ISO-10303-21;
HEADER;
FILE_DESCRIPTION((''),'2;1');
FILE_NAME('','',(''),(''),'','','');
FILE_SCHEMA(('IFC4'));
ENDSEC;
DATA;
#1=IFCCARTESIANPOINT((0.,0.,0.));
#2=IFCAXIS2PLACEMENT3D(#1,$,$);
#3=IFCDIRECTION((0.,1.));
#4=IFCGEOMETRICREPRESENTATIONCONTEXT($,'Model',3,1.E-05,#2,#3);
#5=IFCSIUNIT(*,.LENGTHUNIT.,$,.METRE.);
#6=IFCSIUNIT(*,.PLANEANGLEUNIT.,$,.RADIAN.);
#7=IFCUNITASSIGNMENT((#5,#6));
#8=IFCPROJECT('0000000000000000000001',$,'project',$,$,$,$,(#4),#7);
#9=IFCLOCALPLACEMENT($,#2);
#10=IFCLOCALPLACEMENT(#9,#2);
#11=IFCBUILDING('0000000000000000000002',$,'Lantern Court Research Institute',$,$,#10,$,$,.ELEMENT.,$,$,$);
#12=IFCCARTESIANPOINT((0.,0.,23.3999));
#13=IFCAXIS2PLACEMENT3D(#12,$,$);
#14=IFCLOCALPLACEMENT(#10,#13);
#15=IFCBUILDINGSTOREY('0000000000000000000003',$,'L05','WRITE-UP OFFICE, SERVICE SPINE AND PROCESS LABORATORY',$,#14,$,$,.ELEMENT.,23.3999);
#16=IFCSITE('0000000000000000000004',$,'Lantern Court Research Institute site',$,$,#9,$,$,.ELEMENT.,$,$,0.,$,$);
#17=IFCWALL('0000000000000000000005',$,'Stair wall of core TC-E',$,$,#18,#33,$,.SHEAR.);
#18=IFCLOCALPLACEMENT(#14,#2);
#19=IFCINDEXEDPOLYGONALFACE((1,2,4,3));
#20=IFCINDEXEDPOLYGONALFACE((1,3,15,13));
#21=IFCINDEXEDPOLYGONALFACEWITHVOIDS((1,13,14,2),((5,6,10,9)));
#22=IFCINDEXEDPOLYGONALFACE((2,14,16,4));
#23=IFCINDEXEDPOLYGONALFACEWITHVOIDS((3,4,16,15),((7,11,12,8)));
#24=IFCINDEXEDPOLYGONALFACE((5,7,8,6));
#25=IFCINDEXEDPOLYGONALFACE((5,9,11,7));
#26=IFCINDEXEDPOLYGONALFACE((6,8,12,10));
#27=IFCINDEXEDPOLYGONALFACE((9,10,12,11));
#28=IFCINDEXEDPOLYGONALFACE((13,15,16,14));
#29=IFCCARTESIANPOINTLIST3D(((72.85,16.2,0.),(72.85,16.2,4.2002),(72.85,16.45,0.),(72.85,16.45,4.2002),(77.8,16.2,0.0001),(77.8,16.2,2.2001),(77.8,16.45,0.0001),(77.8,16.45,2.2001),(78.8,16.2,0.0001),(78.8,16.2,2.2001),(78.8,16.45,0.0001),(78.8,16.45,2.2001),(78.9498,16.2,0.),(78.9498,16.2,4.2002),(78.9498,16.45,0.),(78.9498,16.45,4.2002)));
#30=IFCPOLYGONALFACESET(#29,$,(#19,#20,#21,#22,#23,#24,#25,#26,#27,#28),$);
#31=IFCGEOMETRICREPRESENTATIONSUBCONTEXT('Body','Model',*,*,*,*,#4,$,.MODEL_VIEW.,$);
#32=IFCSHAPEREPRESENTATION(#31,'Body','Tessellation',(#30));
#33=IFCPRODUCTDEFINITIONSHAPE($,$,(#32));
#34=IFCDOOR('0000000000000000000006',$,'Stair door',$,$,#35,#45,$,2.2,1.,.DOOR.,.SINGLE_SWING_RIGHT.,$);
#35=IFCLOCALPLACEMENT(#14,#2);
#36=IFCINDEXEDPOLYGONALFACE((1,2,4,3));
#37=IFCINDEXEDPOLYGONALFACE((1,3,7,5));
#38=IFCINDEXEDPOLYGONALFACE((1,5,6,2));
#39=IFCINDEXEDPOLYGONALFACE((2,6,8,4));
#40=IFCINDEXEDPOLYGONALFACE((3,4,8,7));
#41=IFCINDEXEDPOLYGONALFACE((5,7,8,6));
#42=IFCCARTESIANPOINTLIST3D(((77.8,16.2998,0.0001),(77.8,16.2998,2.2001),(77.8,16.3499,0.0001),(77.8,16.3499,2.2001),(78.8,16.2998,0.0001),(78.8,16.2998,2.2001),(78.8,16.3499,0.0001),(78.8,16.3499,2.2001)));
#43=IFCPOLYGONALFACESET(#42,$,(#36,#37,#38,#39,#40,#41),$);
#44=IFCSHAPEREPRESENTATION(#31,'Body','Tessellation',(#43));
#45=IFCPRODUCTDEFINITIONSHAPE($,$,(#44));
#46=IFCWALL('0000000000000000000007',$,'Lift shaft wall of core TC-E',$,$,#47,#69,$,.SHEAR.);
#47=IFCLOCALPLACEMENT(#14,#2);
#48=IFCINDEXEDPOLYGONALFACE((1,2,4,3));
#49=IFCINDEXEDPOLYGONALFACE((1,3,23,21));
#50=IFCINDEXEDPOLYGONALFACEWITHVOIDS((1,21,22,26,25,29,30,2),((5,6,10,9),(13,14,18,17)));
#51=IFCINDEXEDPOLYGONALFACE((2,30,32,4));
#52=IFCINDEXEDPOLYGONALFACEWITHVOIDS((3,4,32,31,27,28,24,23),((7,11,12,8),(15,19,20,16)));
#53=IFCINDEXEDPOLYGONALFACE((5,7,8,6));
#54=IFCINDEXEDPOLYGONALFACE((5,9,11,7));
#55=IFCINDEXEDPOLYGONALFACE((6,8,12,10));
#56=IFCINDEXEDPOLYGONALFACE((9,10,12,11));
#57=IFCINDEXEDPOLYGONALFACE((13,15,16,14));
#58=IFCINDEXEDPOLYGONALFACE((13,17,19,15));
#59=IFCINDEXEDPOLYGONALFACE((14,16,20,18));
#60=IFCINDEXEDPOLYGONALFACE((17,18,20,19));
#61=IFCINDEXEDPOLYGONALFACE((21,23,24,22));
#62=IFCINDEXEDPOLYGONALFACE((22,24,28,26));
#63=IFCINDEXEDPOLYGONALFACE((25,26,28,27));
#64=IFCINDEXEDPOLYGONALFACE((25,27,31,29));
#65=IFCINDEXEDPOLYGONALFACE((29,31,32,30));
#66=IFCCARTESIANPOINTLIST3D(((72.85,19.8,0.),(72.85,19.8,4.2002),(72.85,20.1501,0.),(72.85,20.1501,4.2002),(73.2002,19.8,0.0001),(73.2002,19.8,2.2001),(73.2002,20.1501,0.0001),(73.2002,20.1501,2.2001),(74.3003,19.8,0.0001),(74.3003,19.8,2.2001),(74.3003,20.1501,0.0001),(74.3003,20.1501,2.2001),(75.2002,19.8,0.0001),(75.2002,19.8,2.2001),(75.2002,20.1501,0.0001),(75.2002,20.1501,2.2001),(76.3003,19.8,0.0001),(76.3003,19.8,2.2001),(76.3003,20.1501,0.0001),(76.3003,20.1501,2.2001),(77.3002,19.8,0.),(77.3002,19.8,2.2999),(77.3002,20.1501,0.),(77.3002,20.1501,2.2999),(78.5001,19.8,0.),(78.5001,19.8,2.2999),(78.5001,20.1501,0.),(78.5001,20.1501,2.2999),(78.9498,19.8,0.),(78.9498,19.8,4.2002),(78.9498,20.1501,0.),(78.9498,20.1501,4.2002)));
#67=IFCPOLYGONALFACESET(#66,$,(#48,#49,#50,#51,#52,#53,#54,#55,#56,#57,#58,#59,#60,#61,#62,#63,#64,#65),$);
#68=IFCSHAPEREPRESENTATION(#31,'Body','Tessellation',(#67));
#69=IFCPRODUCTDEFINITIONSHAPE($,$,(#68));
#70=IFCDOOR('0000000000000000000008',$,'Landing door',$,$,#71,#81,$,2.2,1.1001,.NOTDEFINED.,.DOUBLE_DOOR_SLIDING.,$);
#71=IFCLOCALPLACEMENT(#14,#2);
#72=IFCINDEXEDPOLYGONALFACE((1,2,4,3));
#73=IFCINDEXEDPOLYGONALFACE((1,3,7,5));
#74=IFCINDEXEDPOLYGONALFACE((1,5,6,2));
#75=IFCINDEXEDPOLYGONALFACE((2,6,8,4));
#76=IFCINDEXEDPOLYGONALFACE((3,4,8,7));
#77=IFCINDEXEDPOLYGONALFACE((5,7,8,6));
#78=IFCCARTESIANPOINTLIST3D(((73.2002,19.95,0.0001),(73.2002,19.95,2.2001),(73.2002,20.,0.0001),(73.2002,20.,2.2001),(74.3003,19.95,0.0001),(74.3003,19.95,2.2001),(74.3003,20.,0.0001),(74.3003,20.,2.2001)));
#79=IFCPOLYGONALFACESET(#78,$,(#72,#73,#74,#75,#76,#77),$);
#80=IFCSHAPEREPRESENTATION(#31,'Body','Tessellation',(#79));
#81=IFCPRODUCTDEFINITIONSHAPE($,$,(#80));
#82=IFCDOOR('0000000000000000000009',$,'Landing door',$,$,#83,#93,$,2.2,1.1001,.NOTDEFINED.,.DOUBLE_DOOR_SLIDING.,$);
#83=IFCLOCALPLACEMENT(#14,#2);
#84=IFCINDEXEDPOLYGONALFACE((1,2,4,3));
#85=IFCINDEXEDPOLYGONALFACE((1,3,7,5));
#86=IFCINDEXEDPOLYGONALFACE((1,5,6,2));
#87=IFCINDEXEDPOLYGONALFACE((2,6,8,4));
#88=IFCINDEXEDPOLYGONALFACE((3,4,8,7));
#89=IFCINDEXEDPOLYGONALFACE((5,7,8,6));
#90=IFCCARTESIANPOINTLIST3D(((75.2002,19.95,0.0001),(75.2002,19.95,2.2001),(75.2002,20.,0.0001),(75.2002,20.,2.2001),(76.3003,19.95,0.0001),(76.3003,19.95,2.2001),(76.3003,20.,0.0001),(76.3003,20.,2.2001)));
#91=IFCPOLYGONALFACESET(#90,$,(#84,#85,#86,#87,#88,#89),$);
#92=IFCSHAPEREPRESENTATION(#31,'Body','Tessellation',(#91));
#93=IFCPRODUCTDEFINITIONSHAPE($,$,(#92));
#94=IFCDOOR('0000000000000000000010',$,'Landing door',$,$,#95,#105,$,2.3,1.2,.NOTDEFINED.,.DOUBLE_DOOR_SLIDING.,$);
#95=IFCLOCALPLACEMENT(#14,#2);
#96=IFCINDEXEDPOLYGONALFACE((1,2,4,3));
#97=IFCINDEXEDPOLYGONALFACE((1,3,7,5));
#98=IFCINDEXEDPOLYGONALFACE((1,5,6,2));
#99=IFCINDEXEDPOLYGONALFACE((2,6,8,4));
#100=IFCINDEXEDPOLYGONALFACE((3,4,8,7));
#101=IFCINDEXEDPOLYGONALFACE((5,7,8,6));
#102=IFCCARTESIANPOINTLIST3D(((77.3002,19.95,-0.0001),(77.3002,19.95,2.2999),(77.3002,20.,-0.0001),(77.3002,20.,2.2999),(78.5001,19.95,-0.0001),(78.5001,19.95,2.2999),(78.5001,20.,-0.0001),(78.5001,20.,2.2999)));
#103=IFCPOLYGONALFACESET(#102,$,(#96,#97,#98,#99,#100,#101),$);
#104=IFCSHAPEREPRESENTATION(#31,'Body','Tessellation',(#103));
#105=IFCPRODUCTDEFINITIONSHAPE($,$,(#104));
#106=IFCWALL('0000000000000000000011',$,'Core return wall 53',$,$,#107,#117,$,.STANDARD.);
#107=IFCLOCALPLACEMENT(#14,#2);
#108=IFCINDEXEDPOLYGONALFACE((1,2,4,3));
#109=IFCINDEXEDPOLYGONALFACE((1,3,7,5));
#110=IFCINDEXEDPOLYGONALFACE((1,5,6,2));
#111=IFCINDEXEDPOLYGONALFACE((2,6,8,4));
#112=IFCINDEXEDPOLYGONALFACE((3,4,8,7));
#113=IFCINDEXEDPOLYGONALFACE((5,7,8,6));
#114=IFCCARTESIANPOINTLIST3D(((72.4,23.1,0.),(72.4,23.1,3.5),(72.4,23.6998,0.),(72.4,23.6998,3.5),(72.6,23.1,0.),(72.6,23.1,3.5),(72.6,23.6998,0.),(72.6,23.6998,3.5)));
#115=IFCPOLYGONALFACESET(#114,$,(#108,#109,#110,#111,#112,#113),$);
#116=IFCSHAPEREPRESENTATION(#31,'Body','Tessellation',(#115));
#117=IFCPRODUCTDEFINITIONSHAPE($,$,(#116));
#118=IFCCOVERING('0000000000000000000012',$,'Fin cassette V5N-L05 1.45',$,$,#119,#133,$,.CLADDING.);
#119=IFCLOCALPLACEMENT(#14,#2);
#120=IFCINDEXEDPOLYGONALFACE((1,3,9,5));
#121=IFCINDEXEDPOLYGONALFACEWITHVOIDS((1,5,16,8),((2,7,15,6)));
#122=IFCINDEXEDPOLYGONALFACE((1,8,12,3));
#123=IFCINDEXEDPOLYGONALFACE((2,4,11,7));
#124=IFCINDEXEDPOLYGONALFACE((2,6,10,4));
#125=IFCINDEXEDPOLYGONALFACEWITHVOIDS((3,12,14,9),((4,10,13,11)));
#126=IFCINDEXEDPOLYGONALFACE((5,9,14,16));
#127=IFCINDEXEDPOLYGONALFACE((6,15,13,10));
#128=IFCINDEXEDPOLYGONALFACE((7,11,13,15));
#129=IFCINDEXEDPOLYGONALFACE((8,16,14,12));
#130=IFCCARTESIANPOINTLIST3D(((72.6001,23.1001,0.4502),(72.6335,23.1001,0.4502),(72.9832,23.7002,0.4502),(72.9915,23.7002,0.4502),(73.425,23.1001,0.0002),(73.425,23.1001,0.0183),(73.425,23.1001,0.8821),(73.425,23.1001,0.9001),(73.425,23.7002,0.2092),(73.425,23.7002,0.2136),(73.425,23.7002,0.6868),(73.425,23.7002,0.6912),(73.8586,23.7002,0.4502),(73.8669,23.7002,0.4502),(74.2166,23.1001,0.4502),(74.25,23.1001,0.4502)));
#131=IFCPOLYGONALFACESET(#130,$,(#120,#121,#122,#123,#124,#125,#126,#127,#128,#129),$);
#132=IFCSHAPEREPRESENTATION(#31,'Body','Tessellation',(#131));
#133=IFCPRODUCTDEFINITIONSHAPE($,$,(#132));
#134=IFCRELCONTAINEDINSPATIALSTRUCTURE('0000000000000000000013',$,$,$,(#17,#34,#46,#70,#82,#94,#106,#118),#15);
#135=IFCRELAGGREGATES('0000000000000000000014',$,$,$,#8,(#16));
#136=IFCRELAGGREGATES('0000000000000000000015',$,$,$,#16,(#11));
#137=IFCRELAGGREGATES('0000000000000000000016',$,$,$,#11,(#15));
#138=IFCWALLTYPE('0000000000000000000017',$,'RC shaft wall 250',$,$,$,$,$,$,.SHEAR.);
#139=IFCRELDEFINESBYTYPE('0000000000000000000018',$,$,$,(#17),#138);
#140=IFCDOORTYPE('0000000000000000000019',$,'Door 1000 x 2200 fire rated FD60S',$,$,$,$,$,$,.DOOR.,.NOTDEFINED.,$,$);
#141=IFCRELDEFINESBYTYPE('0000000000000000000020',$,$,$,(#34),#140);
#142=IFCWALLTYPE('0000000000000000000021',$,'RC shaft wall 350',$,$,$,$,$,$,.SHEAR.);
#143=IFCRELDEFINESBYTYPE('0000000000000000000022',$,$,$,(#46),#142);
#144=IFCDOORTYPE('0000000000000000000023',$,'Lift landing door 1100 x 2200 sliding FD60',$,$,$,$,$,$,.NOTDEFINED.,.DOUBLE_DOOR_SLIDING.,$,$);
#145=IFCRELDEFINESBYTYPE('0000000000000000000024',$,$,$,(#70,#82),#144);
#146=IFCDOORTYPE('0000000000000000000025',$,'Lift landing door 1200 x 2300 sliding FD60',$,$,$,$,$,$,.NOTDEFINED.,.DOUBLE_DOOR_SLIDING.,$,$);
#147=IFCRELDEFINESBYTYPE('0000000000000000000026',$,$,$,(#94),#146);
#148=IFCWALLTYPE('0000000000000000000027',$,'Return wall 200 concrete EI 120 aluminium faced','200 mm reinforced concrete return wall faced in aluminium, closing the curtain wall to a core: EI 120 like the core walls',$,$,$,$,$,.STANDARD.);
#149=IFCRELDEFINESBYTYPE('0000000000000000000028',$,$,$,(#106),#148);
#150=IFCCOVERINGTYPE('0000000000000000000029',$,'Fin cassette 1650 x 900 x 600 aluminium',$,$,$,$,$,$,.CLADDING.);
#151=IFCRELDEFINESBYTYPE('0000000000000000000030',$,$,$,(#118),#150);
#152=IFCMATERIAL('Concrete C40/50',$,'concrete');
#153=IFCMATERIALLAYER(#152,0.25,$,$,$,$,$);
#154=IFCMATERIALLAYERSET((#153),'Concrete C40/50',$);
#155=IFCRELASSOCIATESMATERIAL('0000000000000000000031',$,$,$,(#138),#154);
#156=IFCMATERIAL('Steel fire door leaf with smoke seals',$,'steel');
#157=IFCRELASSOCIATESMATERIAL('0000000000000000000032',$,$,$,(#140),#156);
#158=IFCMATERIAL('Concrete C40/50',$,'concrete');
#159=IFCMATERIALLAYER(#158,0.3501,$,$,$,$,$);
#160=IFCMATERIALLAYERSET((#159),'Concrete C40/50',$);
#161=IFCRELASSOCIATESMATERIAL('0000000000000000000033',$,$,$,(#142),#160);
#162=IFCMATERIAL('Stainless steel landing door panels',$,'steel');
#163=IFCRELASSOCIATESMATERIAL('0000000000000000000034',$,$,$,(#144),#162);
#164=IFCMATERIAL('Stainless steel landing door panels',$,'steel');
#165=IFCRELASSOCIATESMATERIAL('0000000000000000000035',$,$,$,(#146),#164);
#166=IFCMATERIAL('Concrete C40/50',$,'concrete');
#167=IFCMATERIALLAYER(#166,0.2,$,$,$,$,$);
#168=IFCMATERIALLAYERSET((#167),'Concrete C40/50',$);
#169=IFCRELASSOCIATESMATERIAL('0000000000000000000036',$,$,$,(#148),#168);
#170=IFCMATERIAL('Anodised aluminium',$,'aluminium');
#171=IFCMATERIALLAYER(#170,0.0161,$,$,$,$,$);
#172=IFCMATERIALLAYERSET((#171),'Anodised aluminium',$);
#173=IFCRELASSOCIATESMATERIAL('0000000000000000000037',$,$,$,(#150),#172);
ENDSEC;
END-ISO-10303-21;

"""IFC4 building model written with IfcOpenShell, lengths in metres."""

from ifc_helpers import new_model, entity, si_unit, direction, frame, frame_2d, origin, place, context, subcontext, project, spatial, rectangle, extrude, material, layer, layer_set, type_object, element, fill, save


model = new_model("IFC4")

# Units and contexts
model_context = context("Model", 3, precision=1e-05, world=origin(), true_north=direction((0.0, 1.0)))
body_context = subcontext(model_context, "Body", "Model", "MODEL_VIEW")
ifc_project = project(units=[si_unit("LENGTHUNIT", "METRE"), si_unit("PLANEANGLEUNIT", "RADIAN")], contexts=[model_context])

# Site, building, storey
site_placement = place(None, origin())
site = spatial("IfcSite", under=ifc_project, at=site_placement, Name="Lantern Court Research Institute site", CompositionType="ELEMENT", RefElevation=0.0)
building_placement = place(site_placement, origin())
building = spatial("IfcBuilding", under=site, at=building_placement, Name="Lantern Court Research Institute", CompositionType="ELEMENT")
storey_placement = place(building_placement, frame((0.0, 0.0, 23.3999)))
storey = spatial("IfcBuildingStorey", under=building, at=storey_placement, Name="L05", Description="WRITE-UP OFFICE, SERVICE SPINE AND PROCESS LABORATORY", CompositionType="ELEMENT", Elevation=23.3999)

# Wall, opening, door
ifc_material_1 = material(Name="Concrete C40/50", Category="concrete")
ifc_layer_1 = layer(ifc_material_1, 0.25)
ifc_layer_set_1 = layer_set([ifc_layer_1], Name="Concrete C40/50")
wall_type_1 = type_object("IfcWallType", Name="RC shaft wall 250", PredefinedType="SHEAR", material=ifc_layer_set_1)
wall_1_placement = place(storey_placement, frame((72.8501, 16.325, 0.0), z_axis=(0.0, 0.0, 1.0), x_axis=(1.0, 0.0, 0.0)))
wall_1 = element("IfcWall", 1, at=wall_1_placement, inside=storey, type_object=wall_type_1, Name="Stair wall of core TC-E", PredefinedType="SHEAR", context=body_context, shape_type="SweptSolid", body=[
    extrude(rectangle(XDim=6.0999, YDim=0.25, at=frame_2d((3.0498, 0.0))), origin(), (0.0, 0.0, 1.0), 4.2002),
])
opening_1_placement = place(wall_1_placement, frame((4.95, 0.0, 0.0)))
opening_1 = element("IfcOpeningElement", 2, at=opening_1_placement, cuts=wall_1, PredefinedType="OPENING", context=body_context, shape_type="SweptSolid", body=[
    extrude(rectangle(XDim=1.0, YDim=2.2, at=frame_2d((0.5, 1.1001))), frame((0.0, 0.135, 0.0), z_axis=(0.0, -1.0, 0.0), x_axis=(1.0, 0.0, 0.0)), (0.0, 0.0, 1.0), 0.27),
])
ifc_material_2 = material(Name="Steel fire door leaf with smoke seals", Category="steel")
door_type_1 = type_object("IfcDoorType", Name="Door 1000 x 2200 fire rated FD60S", OperationType="NOTDEFINED", PredefinedType="DOOR", material=ifc_material_2)
door_1_placement = place(opening_1_placement, origin())
door_1 = element("IfcDoor", 3, at=door_1_placement, inside=storey, type_object=door_type_1, Name="Stair door", OperationType="SINGLE_SWING_RIGHT", OverallHeight=2.2, OverallWidth=1.0, PredefinedType="DOOR", context=body_context, shape_type="SweptSolid", body=[
    extrude(rectangle(XDim=1.0, YDim=2.2, at=frame_2d((0.5, 1.1001))), frame((0.0, 0.0249, 0.0), z_axis=(0.0, -1.0, 0.0), x_axis=(1.0, 0.0, 0.0)), (0.0, 0.0, 1.0), 0.05),
])
fill(opening_1, door_1)

# Wall, openings, doors
ifc_material_3 = material(Name="Concrete C40/50", Category="concrete")
ifc_layer_2 = layer(ifc_material_3, 0.3501)
ifc_layer_set_2 = layer_set([ifc_layer_2], Name="Concrete C40/50")
wall_type_2 = type_object("IfcWallType", Name="RC shaft wall 350", PredefinedType="SHEAR", material=ifc_layer_set_2)
wall_2_placement = place(storey_placement, frame((72.8501, 19.9751, 0.0), z_axis=(0.0, 0.0, 1.0), x_axis=(1.0, 0.0, 0.0)))
wall_2 = element("IfcWall", 4, at=wall_2_placement, inside=storey, type_object=wall_type_2, Name="Lift shaft wall of core TC-E", PredefinedType="SHEAR", context=body_context, shape_type="SweptSolid", body=[
    extrude(rectangle(XDim=6.0999, YDim=0.3501, at=frame_2d((3.0498, 0.0))), origin(), (0.0, 0.0, 1.0), 4.2002),
])
opening_2_placement = place(wall_2_placement, frame((0.3501, 0.0, 0.0)))
opening_2 = element("IfcOpeningElement", 5, at=opening_2_placement, cuts=wall_2, PredefinedType="OPENING", context=body_context, shape_type="SweptSolid", body=[
    extrude(rectangle(XDim=1.1001, YDim=2.2, at=frame_2d((0.55, 1.1001))), frame((0.0, 0.1851, 0.0), z_axis=(0.0, -1.0, 0.0), x_axis=(1.0, 0.0, 0.0)), (0.0, 0.0, 1.0), 0.3701),
])
opening_3_placement = place(wall_2_placement, frame((2.3501, 0.0, 0.0)))
opening_3 = element("IfcOpeningElement", 6, at=opening_3_placement, cuts=wall_2, PredefinedType="OPENING", context=body_context, shape_type="SweptSolid", body=[
    extrude(rectangle(XDim=1.1001, YDim=2.2, at=frame_2d((0.55, 1.1001))), frame((0.0, 0.1851, 0.0), z_axis=(0.0, -1.0, 0.0), x_axis=(1.0, 0.0, 0.0)), (0.0, 0.0, 1.0), 0.3701),
])
opening_4_placement = place(wall_2_placement, frame((4.45, 0.0, 0.0)))
opening_4 = element("IfcOpeningElement", 7, at=opening_4_placement, cuts=wall_2, PredefinedType="OPENING", context=body_context, shape_type="SweptSolid", body=[
    extrude(rectangle(XDim=1.2, YDim=2.3, at=frame_2d((0.6001, 1.1499))), frame((0.0, 0.1851, 0.0), z_axis=(0.0, -1.0, 0.0), x_axis=(1.0, 0.0, 0.0)), (0.0, 0.0, 1.0), 0.3701),
])
ifc_material_4 = material(Name="Stainless steel landing door panels", Category="steel")
door_type_2 = type_object("IfcDoorType", Name="Lift landing door 1100 x 2200 sliding FD60", OperationType="DOUBLE_DOOR_SLIDING", PredefinedType="NOTDEFINED", material=ifc_material_4)
door_2_placement = place(opening_2_placement, origin())
door_2 = element("IfcDoor", 8, at=door_2_placement, inside=storey, type_object=door_type_2, Name="Landing door", OperationType="DOUBLE_DOOR_SLIDING", OverallHeight=2.2, OverallWidth=1.1001, PredefinedType="NOTDEFINED", context=body_context, shape_type="SweptSolid", body=[
    extrude(rectangle(XDim=1.1001, YDim=2.2, at=frame_2d((0.55, 1.1001))), frame((0.0, 0.0249, 0.0), z_axis=(0.0, -1.0, 0.0), x_axis=(1.0, 0.0, 0.0)), (0.0, 0.0, 1.0), 0.05),
])
fill(opening_2, door_2)
door_3_placement = place(opening_3_placement, origin())
door_3 = element("IfcDoor", 9, at=door_3_placement, inside=storey, type_object=door_type_2, Name="Landing door", OperationType="DOUBLE_DOOR_SLIDING", OverallHeight=2.2, OverallWidth=1.1001, PredefinedType="NOTDEFINED", context=body_context, shape_type="SweptSolid", body=[
    extrude(rectangle(XDim=1.1001, YDim=2.2, at=frame_2d((0.55, 1.1001))), frame((0.0, 0.0249, 0.0), z_axis=(0.0, -1.0, 0.0), x_axis=(1.0, 0.0, 0.0)), (0.0, 0.0, 1.0), 0.05),
])
fill(opening_3, door_3)
ifc_material_5 = material(Name="Stainless steel landing door panels", Category="steel")
door_type_3 = type_object("IfcDoorType", Name="Lift landing door 1200 x 2300 sliding FD60", OperationType="DOUBLE_DOOR_SLIDING", PredefinedType="NOTDEFINED", material=ifc_material_5)
door_4_placement = place(opening_4_placement, origin())
door_4 = element("IfcDoor", 10, at=door_4_placement, inside=storey, type_object=door_type_3, Name="Landing door", OperationType="DOUBLE_DOOR_SLIDING", OverallHeight=2.3, OverallWidth=1.2, PredefinedType="NOTDEFINED", context=body_context, shape_type="SweptSolid", body=[
    extrude(rectangle(XDim=1.2, YDim=2.3, at=frame_2d((0.6001, 1.1499))), frame((0.0, 0.0249, 0.0), z_axis=(0.0, -1.0, 0.0), x_axis=(1.0, 0.0, 0.0)), (0.0, 0.0, 1.0), 0.05),
])
fill(opening_4, door_4)

# Wall
ifc_material_6 = material(Name="Concrete C40/50", Category="concrete")
ifc_layer_3 = layer(ifc_material_6, 0.2)
ifc_layer_set_3 = layer_set([ifc_layer_3], Name="Concrete C40/50")
wall_type_3 = type_object("IfcWallType", Name="Return wall 200 concrete EI 120 aluminium faced", Description="200 mm reinforced concrete return wall faced in aluminium, closing the curtain wall to a core: EI 120 like the core walls", PredefinedType="STANDARD", material=ifc_layer_set_3)
wall_3_placement = place(storey_placement, frame((72.5, 23.1001, 0.0), z_axis=(0.0, 0.0, 1.0), x_axis=(0.0, 1.0, 0.0)))
element("IfcWall", 11, at=wall_3_placement, inside=storey, type_object=wall_type_3, Name="Core return wall 53", PredefinedType="STANDARD", context=body_context, shape_type="SweptSolid", body=[
    extrude(rectangle(XDim=0.5999, YDim=0.2, at=frame_2d((0.2998, 0.0))), origin(), (0.0, 0.0, 1.0), 3.5),
])

# Covering
ifc_material_7 = material(Name="Anodised aluminium", Category="aluminium")
ifc_layer_4 = layer(ifc_material_7, 0.0161)
ifc_layer_set_4 = layer_set([ifc_layer_4], Name="Anodised aluminium")
covering_type = type_object("IfcCoveringType", Name="Fin cassette 1650 x 900 x 600 aluminium", PredefinedType="CLADDING", material=ifc_layer_set_4)
covering_1_placement = place(storey_placement, frame((73.425, 23.1001, 0.4502), z_axis=(0.0, 1.0, 0.0), x_axis=(-1.0, 0.0, 0.0)))
cartesian_point_1 = entity("IfcCartesianPoint", [0.825, 0.0])
cartesian_point_2 = entity("IfcCartesianPoint", [0.7915, 0.0])
cartesian_point_3 = entity("IfcCartesianPoint", [0.4419, 0.0])
cartesian_point_4 = entity("IfcCartesianPoint", [0.4336, 0.0])
element("IfcCovering", 12, at=covering_1_placement, inside=storey, type_object=covering_type, Name="Fin cassette V5N-L05 1.45", PredefinedType="CLADDING", context=body_context, shape_type="SweptSolid", body=[
    entity("IfcExtrudedAreaSolidTapered", entity("IfcArbitraryProfileDefWithVoids", "AREA", None, entity("IfcPolyline", [cartesian_point_1, entity("IfcCartesianPoint", [0.0, 0.45]), entity("IfcCartesianPoint", [-0.825, 0.0]), entity("IfcCartesianPoint", [0.0, -0.45]), cartesian_point_1]), [entity("IfcPolyline", [cartesian_point_2, entity("IfcCartesianPoint", [0.0, 0.4319]), entity("IfcCartesianPoint", [-0.7915, 0.0]), entity("IfcCartesianPoint", [0.0, -0.4319]), cartesian_point_2])]), entity("IfcAxis2Placement3D", entity("IfcCartesianPoint", [0.0, 0.0, 0.0])), entity("IfcDirection", [0.0, 0.0, 1.0]), 0.6001, entity("IfcArbitraryProfileDefWithVoids", "AREA", None, entity("IfcPolyline", [cartesian_point_3, entity("IfcCartesianPoint", [0.0, 0.241]), entity("IfcCartesianPoint", [-0.4419, 0.0]), entity("IfcCartesianPoint", [0.0, -0.241]), cartesian_point_3]), [entity("IfcPolyline", [cartesian_point_4, entity("IfcCartesianPoint", [0.0, 0.2366]), entity("IfcCartesianPoint", [-0.4336, 0.0]), entity("IfcCartesianPoint", [0.0, -0.2366]), cartesian_point_4])])),
])

save(model, "model.ifc")
